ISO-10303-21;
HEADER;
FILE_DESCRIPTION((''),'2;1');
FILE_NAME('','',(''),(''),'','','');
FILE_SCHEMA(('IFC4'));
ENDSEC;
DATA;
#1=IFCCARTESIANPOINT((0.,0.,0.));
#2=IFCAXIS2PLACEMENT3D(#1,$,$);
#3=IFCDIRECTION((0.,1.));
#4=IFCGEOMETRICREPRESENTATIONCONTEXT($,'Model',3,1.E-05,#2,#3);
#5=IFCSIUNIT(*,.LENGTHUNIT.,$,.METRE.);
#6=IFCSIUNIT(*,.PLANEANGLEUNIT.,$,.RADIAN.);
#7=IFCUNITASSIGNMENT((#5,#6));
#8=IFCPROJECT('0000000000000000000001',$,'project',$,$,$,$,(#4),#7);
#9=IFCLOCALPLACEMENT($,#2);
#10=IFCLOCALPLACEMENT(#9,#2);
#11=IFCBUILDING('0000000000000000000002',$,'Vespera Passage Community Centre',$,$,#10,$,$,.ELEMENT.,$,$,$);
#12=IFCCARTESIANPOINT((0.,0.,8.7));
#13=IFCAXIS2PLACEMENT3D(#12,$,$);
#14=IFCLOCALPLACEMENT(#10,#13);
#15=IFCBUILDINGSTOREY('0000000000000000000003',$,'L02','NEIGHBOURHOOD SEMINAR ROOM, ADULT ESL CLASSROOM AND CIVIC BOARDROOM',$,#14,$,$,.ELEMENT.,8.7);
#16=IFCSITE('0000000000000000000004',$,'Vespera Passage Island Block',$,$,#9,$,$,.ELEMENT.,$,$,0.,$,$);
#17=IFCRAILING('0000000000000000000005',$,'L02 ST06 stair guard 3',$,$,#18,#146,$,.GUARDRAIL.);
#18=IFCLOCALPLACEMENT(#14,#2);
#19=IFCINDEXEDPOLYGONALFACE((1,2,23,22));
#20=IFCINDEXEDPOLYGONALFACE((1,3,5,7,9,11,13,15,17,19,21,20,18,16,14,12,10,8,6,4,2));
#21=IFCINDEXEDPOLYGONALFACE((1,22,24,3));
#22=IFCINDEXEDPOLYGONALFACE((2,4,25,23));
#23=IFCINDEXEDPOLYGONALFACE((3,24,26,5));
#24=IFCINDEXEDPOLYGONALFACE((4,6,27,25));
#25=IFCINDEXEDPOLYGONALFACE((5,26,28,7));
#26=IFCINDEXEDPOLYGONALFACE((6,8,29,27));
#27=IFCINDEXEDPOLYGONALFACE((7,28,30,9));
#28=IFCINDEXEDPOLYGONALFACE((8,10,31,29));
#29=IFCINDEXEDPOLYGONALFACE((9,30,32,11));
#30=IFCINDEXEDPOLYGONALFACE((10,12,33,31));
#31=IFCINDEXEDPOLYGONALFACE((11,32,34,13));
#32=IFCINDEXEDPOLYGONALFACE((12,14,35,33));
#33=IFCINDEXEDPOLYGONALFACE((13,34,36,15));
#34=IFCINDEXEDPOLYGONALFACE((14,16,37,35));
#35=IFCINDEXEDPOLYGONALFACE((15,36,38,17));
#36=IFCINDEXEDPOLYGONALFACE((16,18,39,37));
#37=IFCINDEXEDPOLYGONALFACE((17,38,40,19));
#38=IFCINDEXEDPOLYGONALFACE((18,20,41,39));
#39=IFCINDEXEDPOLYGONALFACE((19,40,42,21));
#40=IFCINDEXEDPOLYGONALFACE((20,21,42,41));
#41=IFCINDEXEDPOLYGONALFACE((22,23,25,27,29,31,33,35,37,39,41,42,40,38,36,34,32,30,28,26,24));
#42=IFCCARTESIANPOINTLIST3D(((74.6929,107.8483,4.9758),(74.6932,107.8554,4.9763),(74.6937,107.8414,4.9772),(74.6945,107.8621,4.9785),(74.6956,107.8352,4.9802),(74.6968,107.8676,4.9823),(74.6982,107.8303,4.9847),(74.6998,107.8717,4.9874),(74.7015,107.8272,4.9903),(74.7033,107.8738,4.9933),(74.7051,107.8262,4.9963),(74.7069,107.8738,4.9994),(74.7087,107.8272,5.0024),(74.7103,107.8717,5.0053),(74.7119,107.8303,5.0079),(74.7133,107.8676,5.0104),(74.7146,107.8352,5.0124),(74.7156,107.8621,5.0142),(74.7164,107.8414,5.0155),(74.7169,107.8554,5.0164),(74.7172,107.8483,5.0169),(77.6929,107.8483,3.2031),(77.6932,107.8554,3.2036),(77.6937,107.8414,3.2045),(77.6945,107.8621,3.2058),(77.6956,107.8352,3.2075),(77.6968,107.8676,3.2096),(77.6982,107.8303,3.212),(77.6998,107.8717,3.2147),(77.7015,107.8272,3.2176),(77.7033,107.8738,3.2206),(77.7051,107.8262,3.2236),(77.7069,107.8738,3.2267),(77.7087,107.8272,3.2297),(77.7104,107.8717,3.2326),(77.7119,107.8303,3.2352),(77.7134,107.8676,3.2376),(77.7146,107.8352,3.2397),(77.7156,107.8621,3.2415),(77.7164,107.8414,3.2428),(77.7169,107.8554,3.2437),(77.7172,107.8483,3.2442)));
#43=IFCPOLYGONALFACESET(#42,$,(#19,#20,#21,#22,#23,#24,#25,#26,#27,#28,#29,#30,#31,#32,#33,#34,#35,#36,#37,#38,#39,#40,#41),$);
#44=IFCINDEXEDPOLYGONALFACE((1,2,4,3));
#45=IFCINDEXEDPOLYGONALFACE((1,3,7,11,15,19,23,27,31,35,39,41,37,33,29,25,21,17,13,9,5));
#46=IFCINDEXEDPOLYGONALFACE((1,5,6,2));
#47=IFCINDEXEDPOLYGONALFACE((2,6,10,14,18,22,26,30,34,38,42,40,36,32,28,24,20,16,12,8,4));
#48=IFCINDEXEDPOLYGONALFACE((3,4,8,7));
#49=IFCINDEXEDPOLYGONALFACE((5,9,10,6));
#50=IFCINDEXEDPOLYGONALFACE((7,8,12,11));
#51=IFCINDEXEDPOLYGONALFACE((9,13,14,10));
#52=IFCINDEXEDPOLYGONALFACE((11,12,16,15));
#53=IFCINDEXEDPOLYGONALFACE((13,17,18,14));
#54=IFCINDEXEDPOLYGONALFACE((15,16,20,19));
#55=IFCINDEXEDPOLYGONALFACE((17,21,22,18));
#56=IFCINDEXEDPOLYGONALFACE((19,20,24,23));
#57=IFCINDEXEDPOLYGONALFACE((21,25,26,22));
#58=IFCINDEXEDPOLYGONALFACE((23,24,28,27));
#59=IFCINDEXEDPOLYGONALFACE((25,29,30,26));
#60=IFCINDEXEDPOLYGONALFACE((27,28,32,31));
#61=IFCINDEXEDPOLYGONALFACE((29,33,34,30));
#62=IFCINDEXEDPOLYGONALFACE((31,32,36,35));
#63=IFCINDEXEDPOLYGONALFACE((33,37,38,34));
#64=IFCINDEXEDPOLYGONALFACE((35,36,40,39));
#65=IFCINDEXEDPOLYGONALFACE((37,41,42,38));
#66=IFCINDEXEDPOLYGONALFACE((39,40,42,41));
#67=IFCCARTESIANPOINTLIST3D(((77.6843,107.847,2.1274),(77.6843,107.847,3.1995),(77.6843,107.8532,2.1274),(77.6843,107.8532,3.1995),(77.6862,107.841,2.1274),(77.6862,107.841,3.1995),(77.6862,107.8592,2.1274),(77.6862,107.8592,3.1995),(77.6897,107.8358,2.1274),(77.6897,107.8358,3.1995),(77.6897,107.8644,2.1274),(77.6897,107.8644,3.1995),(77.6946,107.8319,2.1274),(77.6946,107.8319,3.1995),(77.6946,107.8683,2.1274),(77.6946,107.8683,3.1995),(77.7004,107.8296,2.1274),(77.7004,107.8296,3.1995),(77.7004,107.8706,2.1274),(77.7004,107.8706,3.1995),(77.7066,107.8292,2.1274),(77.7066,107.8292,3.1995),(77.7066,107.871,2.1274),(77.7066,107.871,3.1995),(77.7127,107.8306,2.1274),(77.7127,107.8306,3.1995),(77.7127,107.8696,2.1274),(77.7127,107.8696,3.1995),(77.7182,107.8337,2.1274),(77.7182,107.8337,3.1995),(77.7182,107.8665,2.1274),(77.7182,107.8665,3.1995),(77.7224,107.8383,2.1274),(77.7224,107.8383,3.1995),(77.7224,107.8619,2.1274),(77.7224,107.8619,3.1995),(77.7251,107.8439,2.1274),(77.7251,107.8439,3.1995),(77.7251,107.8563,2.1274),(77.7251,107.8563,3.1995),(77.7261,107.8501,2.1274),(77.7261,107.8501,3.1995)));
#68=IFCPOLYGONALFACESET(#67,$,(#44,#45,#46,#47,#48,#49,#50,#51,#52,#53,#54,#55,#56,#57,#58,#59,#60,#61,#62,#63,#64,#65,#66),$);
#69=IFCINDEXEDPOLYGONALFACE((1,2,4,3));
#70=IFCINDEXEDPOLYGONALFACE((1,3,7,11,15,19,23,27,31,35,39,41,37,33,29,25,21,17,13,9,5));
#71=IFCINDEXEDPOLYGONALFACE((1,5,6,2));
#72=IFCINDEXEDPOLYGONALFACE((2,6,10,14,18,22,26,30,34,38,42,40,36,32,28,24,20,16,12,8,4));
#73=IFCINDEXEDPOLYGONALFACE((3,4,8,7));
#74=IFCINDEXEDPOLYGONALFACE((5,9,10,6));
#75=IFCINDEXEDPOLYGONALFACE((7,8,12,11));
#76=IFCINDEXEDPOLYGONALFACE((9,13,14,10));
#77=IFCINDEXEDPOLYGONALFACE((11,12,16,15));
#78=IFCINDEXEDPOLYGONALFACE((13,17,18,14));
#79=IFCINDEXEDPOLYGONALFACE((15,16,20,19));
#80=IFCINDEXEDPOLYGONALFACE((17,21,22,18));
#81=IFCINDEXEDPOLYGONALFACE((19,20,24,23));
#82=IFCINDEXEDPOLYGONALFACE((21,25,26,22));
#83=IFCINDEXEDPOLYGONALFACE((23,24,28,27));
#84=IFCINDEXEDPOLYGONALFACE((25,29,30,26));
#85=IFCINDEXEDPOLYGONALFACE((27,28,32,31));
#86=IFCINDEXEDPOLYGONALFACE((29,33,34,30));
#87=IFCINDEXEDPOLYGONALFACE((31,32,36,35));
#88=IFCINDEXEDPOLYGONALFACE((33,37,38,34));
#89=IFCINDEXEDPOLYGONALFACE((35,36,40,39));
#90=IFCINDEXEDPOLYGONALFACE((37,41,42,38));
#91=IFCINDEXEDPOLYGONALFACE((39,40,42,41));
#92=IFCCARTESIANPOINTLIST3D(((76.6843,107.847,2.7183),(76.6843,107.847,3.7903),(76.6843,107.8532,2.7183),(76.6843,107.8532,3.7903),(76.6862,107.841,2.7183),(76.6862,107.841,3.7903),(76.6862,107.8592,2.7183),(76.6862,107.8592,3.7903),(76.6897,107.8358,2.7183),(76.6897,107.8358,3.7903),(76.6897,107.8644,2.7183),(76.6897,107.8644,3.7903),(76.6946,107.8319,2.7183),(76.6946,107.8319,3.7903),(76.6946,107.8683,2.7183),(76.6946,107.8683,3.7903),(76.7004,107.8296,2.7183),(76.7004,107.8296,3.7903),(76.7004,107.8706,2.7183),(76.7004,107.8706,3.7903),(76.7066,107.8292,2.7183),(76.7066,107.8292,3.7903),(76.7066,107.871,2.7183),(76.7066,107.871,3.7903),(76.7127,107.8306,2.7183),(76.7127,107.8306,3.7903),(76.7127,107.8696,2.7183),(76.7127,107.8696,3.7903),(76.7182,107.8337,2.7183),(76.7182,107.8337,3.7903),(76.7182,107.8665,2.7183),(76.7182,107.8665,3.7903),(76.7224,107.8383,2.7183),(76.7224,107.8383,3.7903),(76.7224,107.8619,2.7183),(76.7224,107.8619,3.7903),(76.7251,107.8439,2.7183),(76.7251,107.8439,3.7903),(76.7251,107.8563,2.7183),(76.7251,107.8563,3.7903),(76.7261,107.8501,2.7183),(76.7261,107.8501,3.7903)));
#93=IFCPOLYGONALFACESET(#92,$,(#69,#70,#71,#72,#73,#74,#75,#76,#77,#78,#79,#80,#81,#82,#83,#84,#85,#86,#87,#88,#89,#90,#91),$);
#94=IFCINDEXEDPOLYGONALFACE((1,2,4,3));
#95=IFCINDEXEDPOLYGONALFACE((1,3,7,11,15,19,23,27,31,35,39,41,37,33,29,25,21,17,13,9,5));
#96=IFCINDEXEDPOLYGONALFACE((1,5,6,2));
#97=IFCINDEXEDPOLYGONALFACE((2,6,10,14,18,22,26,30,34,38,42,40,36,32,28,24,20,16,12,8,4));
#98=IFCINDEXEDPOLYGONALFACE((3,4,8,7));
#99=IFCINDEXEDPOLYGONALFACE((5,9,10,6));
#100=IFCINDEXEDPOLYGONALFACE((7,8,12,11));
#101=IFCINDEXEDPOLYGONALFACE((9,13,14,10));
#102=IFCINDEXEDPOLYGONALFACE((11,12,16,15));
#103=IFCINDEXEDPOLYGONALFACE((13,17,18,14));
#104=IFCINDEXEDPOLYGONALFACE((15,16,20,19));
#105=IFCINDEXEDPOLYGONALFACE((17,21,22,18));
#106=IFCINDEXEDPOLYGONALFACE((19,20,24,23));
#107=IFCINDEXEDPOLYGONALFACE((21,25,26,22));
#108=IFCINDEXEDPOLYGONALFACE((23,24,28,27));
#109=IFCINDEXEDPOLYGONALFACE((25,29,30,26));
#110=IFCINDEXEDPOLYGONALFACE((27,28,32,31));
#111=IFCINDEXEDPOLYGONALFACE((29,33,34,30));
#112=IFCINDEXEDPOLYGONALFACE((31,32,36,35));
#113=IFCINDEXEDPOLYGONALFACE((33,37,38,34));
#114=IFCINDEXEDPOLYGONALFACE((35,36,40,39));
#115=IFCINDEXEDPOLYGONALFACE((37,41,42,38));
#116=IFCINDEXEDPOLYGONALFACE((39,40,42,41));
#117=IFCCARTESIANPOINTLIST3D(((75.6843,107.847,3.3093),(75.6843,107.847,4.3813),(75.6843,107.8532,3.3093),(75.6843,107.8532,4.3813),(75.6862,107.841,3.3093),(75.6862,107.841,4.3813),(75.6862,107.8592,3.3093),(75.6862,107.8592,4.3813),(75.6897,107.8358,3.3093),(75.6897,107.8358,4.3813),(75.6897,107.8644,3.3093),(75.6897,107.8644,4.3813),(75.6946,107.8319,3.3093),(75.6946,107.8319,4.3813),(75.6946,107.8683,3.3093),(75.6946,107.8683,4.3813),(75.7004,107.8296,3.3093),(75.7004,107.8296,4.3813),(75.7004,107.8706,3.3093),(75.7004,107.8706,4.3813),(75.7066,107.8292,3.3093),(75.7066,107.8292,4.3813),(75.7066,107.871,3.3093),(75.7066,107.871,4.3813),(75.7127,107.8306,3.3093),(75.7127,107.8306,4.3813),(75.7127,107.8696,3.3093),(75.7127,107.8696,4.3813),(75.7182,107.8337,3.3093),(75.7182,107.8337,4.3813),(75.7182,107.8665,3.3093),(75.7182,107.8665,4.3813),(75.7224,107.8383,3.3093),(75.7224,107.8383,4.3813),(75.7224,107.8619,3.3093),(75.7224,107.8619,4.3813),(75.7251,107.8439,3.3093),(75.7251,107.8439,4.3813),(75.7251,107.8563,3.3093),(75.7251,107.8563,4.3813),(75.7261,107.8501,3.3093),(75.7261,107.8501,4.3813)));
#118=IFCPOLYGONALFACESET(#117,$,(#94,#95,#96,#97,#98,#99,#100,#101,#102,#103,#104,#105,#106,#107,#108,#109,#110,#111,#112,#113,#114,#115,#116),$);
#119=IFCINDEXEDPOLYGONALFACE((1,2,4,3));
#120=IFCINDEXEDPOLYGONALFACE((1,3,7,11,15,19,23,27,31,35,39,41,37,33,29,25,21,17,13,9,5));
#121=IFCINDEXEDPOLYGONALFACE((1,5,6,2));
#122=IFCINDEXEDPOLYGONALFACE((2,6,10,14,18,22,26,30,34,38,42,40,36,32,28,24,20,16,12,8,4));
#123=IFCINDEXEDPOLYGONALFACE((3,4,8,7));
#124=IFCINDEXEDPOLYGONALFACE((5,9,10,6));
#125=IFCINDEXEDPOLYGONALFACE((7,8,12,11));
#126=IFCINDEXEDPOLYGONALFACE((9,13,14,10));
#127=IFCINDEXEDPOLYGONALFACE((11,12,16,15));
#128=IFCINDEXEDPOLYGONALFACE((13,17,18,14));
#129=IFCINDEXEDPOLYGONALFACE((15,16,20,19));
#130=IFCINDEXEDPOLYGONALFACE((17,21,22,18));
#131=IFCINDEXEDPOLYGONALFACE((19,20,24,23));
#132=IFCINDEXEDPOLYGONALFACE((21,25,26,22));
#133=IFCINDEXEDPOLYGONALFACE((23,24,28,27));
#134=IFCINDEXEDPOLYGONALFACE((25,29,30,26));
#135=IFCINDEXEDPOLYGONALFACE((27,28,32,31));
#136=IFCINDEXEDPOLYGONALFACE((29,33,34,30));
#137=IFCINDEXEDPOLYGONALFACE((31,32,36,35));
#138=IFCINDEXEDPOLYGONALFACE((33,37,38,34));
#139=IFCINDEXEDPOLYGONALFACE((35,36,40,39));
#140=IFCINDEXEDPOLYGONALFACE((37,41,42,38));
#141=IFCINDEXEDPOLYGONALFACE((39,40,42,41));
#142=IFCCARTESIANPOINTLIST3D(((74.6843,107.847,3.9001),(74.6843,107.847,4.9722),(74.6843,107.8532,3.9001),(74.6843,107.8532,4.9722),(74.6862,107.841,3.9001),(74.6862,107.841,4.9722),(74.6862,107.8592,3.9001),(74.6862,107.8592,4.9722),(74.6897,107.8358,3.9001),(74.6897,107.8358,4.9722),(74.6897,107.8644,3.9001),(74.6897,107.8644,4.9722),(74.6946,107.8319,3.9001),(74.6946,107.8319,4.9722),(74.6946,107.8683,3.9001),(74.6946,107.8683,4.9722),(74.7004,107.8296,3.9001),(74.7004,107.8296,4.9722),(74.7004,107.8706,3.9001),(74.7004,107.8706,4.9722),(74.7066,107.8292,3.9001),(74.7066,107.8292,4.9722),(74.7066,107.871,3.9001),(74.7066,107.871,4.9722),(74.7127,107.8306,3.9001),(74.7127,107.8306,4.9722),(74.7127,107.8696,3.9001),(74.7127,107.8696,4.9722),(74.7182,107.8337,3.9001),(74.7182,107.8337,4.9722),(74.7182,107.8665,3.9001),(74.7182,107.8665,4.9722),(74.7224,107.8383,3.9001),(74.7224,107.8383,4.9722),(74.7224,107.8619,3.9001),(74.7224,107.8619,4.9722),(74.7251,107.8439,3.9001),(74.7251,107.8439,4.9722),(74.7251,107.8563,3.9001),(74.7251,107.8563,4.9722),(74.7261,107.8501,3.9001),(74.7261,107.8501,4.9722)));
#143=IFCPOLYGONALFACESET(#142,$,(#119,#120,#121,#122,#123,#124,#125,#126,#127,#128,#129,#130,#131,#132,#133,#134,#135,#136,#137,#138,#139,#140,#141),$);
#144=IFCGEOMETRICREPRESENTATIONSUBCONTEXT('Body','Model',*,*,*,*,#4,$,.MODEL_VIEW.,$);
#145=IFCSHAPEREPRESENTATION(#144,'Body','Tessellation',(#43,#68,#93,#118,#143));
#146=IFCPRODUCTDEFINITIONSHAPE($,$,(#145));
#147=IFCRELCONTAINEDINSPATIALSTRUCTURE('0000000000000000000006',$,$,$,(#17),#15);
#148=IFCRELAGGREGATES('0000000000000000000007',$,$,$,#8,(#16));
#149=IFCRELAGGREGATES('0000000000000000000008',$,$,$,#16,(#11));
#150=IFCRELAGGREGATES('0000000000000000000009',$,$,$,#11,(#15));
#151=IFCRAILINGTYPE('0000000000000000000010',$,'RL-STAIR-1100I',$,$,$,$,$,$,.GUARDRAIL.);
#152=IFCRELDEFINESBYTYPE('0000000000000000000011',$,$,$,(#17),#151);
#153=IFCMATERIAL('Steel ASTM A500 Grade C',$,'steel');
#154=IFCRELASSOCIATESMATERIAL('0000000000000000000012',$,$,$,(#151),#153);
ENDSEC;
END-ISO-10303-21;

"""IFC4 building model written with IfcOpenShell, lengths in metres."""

from ifc_helpers import new_model, si_unit, direction, frame, origin, origin_2d, place, context, subcontext, project, spatial, circle, extrude, material, type_object, element, save


model = new_model("IFC4")

# Units and contexts
model_context = context("Model", 3, precision=1e-05, world=origin(), true_north=direction((0.0, 1.0)))
body_context = subcontext(model_context, "Body", "Model", "MODEL_VIEW")
ifc_project = project(units=[si_unit("LENGTHUNIT", "METRE"), si_unit("PLANEANGLEUNIT", "RADIAN")], contexts=[model_context])

# Site, building, storey
site_placement = place(None, origin())
site = spatial("IfcSite", under=ifc_project, at=site_placement, Name="Vespera Passage Island Block", CompositionType="ELEMENT", RefElevation=0.0)
building_placement = place(site_placement, origin())
building = spatial("IfcBuilding", under=site, at=building_placement, Name="Vespera Passage Community Centre", CompositionType="ELEMENT")
storey_placement = place(building_placement, frame((0.0, 0.0, 8.7)))
storey = spatial("IfcBuildingStorey", under=building, at=storey_placement, Name="L02", Description="NEIGHBOURHOOD SEMINAR ROOM, ADULT ESL CLASSROOM AND CIVIC BOARDROOM", CompositionType="ELEMENT", Elevation=8.7)

# Railing
ifc_material_1 = material(Name="Steel ASTM A500 Grade C", Category="steel")
railing_type_1 = type_object("IfcRailingType", Name="RL-STAIR-1100I", PredefinedType="GUARDRAIL", material=ifc_material_1)
railing_1_placement = place(storey_placement, frame((77.7051, 107.8501, 2.1274)))
element("IfcRailing", 1, at=railing_1_placement, inside=storey, type_object=railing_type_1, Name="L02 ST06 stair guard 3", PredefinedType="GUARDRAIL", context=body_context, shape_type="SweptSolid", body=[
    extrude(circle(Radius=0.0239, at=origin_2d()), frame((0.0, 0.0, 1.0962), z_axis=(-0.860929, 0.0, 0.508725), x_axis=(0.0, -1.0, 0.0)), (0.0, 0.0, 1.0), 3.4846),
    extrude(circle(Radius=0.021, at=origin_2d()), origin(), (0.0, 0.0, 1.0), 1.072),
    extrude(circle(Radius=0.021, at=origin_2d()), frame((-1.0, 0.0, 0.5908)), (0.0, 0.0, 1.0), 1.072),
    extrude(circle(Radius=0.021, at=origin_2d()), frame((-2.0, 0.0, 1.1819)), (0.0, 0.0, 1.0), 1.072),
    extrude(circle(Radius=0.021, at=origin_2d()), frame((-3.0, 0.0, 1.7727)), (0.0, 0.0, 1.0), 1.072),
])

save(model, "model.ifc")
